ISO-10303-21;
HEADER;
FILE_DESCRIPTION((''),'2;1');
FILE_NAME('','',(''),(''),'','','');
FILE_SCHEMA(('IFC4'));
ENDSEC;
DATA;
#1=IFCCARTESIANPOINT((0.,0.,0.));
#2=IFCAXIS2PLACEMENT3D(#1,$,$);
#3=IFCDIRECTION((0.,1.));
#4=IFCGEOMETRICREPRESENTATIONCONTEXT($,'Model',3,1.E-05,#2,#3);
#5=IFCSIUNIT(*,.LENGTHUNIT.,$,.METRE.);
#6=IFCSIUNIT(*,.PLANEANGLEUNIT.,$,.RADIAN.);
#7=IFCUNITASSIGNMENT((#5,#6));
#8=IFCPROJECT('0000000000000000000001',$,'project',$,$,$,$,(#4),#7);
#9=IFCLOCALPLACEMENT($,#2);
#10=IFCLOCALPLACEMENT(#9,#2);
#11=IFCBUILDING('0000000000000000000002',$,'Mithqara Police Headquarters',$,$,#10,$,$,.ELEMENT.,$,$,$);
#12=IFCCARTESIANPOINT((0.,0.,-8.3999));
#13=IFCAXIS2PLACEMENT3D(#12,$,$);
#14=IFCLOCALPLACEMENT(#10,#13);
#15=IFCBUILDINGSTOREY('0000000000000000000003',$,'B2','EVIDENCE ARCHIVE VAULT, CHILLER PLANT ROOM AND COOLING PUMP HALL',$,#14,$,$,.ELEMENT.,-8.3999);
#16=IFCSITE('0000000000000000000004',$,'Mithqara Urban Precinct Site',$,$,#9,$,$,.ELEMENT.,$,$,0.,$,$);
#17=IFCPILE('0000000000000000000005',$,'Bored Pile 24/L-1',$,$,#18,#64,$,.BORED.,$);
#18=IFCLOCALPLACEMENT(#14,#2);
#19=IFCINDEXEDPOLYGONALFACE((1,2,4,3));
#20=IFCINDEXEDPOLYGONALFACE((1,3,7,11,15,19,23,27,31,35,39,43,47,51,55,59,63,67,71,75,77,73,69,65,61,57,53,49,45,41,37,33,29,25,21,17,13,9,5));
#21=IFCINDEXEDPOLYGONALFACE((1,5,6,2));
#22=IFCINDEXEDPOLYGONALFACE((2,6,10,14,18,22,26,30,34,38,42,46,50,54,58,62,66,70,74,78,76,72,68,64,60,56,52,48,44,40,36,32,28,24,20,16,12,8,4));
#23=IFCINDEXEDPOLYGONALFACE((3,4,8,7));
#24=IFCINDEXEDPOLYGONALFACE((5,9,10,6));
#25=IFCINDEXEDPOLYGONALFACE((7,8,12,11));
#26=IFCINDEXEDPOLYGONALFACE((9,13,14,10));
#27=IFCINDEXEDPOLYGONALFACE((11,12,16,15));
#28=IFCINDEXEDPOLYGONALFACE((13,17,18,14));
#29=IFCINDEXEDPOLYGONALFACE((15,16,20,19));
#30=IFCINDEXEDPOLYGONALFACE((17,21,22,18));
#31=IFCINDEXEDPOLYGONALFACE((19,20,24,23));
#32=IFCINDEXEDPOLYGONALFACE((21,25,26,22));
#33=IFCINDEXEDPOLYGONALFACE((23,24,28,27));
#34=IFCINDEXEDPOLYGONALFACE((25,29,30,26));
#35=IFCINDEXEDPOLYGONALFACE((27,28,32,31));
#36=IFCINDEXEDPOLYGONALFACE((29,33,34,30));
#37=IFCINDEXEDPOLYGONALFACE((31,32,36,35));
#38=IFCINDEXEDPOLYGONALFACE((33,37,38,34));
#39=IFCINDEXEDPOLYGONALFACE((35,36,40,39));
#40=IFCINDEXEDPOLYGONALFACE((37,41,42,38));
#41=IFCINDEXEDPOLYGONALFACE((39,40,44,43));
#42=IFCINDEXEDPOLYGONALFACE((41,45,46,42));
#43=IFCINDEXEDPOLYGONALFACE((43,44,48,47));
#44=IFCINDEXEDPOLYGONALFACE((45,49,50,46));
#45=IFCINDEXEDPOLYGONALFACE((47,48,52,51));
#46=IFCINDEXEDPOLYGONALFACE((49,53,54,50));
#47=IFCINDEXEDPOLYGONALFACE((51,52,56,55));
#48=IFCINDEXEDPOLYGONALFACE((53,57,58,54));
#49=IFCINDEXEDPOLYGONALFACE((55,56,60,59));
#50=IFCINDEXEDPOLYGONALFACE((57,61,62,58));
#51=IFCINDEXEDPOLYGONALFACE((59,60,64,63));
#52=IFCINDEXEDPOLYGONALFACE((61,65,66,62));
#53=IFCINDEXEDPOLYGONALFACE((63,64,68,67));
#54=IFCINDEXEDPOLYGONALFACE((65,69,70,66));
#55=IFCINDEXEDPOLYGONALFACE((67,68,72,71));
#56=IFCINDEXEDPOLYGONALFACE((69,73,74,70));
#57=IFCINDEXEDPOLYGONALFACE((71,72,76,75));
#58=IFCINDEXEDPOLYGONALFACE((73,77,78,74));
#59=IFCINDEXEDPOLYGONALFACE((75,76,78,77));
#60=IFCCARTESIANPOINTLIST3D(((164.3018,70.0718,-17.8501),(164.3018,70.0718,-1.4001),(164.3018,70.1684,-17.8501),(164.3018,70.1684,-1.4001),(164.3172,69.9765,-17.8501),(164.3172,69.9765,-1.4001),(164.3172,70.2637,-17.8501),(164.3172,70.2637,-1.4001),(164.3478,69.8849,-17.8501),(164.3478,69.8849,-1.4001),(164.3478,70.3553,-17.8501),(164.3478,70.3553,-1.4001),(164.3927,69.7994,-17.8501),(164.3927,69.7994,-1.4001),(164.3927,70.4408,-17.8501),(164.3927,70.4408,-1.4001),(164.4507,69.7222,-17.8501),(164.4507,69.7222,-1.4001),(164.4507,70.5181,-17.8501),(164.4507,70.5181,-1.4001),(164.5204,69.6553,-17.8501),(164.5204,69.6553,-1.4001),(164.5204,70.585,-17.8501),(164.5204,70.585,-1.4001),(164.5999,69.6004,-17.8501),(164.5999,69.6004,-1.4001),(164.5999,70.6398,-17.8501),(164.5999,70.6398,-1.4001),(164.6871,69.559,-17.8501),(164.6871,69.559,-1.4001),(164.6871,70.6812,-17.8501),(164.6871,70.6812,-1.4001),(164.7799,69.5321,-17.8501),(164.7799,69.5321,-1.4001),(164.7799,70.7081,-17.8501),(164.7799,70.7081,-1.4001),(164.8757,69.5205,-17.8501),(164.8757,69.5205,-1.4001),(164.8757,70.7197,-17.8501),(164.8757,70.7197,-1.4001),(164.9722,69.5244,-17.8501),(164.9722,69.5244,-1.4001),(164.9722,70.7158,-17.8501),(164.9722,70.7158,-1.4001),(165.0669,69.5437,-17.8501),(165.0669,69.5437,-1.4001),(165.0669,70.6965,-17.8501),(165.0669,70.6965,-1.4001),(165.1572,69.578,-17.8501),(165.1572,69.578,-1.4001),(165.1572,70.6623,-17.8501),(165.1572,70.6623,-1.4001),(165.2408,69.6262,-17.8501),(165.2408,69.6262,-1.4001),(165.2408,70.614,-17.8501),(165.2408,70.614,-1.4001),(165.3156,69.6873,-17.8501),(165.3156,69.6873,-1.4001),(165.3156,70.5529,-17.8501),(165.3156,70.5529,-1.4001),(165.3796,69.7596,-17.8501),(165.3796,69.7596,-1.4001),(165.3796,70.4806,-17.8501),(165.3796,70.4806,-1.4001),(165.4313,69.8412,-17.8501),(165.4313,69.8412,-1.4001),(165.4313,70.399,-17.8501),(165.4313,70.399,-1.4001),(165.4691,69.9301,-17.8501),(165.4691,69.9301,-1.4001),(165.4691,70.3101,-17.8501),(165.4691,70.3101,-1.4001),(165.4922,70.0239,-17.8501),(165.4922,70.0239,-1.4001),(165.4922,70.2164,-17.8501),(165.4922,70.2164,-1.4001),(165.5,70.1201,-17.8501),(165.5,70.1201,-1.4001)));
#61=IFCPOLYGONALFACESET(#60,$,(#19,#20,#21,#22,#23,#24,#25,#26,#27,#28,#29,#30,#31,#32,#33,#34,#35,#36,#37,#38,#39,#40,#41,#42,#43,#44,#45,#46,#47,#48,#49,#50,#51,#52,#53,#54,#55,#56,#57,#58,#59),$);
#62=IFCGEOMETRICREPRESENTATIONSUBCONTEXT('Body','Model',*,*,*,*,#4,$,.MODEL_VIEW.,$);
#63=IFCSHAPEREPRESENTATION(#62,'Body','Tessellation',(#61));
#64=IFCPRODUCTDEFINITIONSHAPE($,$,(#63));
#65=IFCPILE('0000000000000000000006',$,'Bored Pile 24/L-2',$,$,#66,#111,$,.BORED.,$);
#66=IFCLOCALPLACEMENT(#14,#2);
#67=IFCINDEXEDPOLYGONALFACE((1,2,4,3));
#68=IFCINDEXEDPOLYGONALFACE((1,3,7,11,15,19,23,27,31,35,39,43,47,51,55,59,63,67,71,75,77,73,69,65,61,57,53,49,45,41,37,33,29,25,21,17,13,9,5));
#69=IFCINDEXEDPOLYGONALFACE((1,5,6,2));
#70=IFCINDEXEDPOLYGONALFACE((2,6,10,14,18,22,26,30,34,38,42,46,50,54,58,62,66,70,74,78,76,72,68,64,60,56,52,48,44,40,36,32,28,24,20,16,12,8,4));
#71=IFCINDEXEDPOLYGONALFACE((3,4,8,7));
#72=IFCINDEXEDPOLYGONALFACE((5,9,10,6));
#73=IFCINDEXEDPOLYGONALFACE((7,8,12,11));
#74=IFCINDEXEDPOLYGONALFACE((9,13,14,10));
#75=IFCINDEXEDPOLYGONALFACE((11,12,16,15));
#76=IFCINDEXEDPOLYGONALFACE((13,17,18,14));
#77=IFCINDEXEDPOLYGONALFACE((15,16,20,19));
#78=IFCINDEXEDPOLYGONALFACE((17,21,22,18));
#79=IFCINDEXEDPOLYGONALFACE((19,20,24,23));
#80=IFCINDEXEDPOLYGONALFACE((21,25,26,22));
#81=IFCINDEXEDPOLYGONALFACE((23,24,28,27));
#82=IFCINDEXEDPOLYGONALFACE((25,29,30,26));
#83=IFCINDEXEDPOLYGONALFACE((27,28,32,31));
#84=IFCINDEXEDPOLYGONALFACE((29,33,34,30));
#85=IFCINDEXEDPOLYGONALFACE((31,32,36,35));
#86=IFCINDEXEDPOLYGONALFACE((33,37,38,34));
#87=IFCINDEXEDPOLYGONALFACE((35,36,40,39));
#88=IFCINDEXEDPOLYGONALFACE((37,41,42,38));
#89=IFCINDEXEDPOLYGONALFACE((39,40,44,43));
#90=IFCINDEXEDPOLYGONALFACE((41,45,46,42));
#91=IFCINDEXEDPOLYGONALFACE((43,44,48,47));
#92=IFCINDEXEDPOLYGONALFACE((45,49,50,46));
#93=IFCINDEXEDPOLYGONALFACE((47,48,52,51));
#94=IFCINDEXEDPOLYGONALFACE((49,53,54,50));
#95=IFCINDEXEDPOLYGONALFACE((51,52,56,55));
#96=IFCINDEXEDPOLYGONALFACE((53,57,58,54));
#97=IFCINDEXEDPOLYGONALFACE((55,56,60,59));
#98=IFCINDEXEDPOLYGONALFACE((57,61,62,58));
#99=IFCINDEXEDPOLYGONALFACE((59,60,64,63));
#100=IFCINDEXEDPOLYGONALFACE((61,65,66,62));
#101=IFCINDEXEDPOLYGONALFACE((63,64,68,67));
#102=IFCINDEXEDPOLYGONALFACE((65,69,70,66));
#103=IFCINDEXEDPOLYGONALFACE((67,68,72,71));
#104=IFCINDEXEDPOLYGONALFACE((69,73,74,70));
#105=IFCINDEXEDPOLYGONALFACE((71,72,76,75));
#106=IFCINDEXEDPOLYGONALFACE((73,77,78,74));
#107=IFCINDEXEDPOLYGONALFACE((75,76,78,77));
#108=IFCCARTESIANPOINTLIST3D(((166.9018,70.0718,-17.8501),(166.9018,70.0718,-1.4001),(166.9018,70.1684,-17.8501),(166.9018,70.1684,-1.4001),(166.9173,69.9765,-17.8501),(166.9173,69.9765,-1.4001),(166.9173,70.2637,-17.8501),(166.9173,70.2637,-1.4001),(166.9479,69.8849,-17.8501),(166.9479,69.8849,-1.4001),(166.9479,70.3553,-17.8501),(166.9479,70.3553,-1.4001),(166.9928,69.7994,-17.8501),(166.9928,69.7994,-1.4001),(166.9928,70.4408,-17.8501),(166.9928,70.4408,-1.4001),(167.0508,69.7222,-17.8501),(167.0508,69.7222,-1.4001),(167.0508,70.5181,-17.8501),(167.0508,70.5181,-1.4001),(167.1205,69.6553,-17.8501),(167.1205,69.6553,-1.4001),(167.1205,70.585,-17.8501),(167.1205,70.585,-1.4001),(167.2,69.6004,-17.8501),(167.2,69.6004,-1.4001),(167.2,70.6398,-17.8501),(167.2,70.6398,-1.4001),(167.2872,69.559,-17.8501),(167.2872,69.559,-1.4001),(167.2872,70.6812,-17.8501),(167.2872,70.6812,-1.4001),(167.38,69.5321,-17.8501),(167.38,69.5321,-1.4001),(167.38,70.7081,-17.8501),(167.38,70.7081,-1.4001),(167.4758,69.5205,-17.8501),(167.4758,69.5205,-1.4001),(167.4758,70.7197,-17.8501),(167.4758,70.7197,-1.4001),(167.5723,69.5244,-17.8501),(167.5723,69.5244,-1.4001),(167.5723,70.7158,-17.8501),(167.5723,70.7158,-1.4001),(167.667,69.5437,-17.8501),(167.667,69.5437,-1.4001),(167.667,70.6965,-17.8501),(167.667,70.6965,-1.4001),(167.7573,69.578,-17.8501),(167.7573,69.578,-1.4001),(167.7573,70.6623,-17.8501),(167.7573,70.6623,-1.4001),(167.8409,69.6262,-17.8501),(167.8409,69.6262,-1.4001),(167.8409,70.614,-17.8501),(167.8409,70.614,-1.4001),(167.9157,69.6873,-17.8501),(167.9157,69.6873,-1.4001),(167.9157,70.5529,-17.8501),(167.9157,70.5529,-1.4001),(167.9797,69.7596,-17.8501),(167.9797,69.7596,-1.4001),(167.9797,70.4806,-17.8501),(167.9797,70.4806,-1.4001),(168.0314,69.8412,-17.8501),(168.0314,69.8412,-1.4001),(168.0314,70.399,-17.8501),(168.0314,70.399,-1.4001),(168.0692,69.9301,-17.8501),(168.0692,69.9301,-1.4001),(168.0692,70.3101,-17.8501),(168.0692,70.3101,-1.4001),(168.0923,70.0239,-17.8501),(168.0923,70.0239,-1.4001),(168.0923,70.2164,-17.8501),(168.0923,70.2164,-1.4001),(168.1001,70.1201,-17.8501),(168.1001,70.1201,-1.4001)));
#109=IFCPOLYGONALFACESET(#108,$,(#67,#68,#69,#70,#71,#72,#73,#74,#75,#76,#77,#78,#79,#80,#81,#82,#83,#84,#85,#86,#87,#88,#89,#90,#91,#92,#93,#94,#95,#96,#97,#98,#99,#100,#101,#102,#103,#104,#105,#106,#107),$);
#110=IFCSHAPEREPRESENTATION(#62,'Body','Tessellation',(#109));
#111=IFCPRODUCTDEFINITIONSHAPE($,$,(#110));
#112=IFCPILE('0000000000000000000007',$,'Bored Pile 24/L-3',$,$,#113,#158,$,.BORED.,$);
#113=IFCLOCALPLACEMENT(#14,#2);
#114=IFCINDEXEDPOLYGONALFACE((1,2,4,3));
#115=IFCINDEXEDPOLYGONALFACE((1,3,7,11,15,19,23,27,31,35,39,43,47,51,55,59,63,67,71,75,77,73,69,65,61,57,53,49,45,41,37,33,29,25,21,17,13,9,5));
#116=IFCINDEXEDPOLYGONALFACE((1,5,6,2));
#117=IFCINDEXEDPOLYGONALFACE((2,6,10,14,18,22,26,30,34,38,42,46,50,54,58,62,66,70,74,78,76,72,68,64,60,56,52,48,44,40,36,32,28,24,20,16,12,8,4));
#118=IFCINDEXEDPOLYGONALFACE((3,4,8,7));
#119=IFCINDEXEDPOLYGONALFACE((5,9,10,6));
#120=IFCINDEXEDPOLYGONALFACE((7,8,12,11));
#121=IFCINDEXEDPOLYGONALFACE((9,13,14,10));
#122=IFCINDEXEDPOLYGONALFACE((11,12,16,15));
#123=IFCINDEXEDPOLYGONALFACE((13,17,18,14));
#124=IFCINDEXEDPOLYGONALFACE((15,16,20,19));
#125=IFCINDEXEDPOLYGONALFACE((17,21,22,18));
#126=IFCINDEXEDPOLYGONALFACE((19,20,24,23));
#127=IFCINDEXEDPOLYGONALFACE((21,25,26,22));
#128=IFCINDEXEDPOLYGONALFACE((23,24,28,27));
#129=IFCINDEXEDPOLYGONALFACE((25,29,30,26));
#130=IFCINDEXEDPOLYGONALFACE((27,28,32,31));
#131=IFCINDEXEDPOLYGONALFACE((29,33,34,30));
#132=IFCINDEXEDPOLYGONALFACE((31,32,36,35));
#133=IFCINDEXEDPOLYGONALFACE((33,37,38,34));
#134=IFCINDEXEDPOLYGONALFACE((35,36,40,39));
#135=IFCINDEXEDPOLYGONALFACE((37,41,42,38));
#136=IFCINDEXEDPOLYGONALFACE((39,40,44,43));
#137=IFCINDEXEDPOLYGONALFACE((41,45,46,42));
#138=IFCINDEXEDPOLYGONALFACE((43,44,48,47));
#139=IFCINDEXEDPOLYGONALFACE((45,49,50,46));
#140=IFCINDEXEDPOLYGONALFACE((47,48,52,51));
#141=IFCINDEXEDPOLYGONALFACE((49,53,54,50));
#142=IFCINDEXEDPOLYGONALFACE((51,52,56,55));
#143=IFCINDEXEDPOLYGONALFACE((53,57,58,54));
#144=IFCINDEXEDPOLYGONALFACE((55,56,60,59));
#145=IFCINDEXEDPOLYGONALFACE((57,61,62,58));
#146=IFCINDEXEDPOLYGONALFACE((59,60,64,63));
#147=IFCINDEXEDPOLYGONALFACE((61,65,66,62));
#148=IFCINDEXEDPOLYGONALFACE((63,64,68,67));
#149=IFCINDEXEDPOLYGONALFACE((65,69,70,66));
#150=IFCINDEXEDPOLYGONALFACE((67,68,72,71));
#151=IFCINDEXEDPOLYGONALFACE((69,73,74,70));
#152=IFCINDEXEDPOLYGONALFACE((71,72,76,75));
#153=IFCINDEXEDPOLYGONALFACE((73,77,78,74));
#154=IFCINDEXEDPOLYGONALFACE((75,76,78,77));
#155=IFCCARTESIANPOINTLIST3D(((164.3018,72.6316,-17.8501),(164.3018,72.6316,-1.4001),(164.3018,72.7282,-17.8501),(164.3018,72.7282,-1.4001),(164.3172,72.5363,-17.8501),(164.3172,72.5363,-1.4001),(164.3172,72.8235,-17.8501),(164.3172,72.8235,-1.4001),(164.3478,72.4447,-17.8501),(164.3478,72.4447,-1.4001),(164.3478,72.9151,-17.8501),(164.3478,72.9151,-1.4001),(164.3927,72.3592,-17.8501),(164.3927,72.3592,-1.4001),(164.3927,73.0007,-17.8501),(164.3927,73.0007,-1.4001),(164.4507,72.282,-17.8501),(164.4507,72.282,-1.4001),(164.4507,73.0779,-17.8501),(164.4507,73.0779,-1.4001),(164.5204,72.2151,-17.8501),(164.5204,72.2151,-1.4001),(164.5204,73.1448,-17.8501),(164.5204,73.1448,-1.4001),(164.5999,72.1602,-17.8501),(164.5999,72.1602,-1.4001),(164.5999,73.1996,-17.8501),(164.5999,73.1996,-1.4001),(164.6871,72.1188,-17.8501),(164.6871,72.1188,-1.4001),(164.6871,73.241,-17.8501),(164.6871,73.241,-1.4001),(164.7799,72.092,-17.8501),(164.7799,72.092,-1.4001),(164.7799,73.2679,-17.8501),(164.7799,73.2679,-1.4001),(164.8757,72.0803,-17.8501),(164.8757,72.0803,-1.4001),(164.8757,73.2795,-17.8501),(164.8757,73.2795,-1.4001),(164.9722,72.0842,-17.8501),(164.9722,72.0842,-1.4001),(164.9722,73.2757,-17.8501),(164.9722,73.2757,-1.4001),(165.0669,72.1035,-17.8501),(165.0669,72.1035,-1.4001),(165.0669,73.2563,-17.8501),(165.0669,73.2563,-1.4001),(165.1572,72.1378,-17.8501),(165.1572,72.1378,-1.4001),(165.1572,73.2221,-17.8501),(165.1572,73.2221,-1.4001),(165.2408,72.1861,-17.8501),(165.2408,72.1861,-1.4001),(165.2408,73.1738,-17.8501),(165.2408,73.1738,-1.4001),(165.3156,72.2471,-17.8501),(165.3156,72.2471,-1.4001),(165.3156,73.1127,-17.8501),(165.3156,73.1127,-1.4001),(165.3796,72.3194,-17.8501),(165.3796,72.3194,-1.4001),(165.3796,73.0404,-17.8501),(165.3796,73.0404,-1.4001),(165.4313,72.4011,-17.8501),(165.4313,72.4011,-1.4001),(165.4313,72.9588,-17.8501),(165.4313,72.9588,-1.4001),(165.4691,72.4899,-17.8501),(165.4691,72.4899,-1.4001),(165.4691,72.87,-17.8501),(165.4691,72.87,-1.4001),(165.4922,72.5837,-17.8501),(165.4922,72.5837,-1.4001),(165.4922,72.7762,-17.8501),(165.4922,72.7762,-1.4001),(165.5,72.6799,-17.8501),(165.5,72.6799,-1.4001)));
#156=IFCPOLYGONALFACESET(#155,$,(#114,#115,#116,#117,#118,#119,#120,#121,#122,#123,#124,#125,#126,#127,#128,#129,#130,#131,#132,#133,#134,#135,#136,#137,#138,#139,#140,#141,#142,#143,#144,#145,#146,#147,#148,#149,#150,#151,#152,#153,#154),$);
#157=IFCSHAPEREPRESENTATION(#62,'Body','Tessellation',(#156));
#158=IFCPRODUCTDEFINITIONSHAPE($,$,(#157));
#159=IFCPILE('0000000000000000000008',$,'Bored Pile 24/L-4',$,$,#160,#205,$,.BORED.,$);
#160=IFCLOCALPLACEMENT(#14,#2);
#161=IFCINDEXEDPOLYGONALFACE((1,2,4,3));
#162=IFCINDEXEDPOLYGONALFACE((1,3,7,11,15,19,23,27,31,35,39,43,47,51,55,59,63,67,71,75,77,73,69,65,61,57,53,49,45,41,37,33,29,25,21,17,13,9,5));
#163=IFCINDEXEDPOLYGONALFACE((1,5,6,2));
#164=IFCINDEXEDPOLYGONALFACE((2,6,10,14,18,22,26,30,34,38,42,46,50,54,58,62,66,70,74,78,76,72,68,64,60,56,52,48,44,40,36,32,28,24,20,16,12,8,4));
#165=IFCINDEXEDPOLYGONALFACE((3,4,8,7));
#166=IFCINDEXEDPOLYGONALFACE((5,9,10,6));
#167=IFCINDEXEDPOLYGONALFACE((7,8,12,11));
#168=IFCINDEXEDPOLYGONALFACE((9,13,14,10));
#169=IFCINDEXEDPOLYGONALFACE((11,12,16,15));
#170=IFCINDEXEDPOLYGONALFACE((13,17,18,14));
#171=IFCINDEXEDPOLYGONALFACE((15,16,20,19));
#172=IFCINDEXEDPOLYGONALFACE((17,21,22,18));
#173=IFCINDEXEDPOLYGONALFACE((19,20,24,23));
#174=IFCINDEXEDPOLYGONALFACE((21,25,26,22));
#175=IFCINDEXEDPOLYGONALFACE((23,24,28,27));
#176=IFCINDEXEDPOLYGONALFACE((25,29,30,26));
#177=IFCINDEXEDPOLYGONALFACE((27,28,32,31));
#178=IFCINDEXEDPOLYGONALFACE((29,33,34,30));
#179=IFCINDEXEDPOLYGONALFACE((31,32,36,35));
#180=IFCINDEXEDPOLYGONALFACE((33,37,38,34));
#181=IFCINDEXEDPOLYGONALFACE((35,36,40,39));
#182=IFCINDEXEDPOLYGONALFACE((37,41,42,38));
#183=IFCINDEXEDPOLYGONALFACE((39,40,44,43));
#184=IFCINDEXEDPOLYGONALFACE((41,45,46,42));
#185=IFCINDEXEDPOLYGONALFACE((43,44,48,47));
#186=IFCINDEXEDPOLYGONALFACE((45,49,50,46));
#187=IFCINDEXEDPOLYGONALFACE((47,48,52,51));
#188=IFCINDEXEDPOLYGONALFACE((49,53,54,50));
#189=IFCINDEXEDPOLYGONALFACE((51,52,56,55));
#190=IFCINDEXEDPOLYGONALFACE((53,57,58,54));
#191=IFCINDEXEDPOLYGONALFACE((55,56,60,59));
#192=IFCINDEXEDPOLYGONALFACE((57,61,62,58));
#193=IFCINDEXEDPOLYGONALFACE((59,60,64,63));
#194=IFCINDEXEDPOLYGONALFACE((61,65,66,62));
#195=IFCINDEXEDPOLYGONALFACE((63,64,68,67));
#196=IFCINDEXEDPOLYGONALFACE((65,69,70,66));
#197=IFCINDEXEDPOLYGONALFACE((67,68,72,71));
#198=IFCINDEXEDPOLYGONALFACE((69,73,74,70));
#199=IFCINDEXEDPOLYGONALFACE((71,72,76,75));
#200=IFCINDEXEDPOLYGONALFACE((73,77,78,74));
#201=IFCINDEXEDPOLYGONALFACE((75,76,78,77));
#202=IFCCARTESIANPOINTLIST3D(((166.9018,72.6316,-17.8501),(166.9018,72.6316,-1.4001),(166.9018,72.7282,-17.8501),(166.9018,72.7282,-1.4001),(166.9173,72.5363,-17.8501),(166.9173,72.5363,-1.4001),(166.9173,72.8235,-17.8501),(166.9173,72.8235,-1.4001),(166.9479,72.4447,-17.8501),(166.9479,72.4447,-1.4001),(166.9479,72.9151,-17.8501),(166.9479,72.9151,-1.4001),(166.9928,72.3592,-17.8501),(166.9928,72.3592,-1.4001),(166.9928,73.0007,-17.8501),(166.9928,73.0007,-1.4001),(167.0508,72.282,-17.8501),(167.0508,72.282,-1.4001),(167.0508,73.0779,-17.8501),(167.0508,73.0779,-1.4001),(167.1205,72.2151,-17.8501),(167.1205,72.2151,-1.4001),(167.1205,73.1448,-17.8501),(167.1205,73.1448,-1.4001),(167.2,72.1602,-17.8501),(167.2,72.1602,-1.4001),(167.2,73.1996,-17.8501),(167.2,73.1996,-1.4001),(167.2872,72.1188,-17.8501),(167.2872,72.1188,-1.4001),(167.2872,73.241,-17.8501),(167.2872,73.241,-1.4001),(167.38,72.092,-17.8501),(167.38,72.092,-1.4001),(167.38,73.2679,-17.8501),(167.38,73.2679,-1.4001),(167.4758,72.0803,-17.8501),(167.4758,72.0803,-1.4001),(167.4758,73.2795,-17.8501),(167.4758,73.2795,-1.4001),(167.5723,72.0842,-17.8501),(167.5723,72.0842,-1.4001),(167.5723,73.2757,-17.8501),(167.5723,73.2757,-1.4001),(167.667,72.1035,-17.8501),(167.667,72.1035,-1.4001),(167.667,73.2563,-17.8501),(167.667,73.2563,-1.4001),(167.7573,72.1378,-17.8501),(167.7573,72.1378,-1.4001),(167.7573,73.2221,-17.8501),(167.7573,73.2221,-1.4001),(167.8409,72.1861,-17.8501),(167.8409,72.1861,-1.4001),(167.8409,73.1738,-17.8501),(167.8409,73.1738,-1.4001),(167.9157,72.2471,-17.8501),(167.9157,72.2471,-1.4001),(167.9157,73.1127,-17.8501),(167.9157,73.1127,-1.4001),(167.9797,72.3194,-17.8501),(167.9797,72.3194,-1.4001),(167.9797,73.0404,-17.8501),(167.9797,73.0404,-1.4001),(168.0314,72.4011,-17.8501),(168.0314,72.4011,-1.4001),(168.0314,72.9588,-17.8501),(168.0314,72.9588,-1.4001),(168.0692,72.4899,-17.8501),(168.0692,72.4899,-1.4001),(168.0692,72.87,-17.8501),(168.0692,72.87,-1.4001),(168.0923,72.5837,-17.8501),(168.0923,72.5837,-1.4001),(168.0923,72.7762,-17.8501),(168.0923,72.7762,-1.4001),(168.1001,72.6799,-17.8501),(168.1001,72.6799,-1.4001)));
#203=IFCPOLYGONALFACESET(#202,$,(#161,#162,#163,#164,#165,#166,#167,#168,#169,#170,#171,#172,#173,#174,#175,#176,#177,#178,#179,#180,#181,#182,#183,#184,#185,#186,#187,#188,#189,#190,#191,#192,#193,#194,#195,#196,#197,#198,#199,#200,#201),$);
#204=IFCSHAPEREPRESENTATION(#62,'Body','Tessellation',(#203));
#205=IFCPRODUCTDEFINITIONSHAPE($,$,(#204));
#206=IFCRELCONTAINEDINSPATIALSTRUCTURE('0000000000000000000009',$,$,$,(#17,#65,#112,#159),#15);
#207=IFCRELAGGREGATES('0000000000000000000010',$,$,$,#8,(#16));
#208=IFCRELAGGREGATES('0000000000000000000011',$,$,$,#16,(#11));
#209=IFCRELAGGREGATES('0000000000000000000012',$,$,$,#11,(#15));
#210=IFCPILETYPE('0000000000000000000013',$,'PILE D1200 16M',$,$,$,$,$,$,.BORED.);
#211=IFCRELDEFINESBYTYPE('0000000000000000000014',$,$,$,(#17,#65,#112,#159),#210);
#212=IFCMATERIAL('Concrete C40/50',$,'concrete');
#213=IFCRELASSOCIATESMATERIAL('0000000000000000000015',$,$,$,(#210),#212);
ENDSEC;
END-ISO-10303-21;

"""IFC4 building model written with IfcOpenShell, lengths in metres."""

from ifc_helpers import new_model, si_unit, direction, frame, origin, origin_2d, place, context, subcontext, project, spatial, circle, extrude, material, material_profile, profile_set, type_object, element, save


model = new_model("IFC4")

# Units and contexts
model_context = context("Model", 3, precision=1e-05, world=origin(), true_north=direction((0.0, 1.0)))
body_context = subcontext(model_context, "Body", "Model", "MODEL_VIEW")
ifc_project = project(units=[si_unit("LENGTHUNIT", "METRE"), si_unit("PLANEANGLEUNIT", "RADIAN")], contexts=[model_context])

# Site, building, storey
site_placement = place(None, origin())
site = spatial("IfcSite", under=ifc_project, at=site_placement, Name="Mithqara Urban Precinct Site", CompositionType="ELEMENT", RefElevation=0.0)
building_placement = place(site_placement, origin())
building = spatial("IfcBuilding", under=site, at=building_placement, Name="Mithqara Police Headquarters", CompositionType="ELEMENT")
storey_placement = place(building_placement, frame((0.0, 0.0, -8.3999)))
storey = spatial("IfcBuildingStorey", under=building, at=storey_placement, Name="B2", Description="EVIDENCE ARCHIVE VAULT, CHILLER PLANT ROOM AND COOLING PUMP HALL", CompositionType="ELEMENT", Elevation=-8.3999)

# Shared definitions
ifc_material_1 = material(Name="Concrete C40/50", Category="concrete")

# Piles
ifc_material_profile_1 = material_profile(ifc_material_1, circle(Radius=0.6001, at=origin_2d()), Name="PILE D1200")
ifc_profile_set_1 = profile_set([ifc_material_profile_1], Name="Concrete C40/50")
pile_type_1 = type_object("IfcPileType", Name="PILE D1200 16M", PredefinedType="BORED", material=ifc_profile_set_1)
for number, where, z_axis, x_axis, name in (
    (1, (164.8999, 70.1201, -1.4001), (0.0, 0.0, -1.0), (1.0, 0.0, 0.0), "Bored Pile 24/L-1"),
    (2, (167.5, 70.1201, -1.4001), (0.0, 0.0, -1.0), (1.0, 0.0, 0.0), "Bored Pile 24/L-2"),
    (3, (164.8999, 72.6799, -1.4001), (0.0, 0.0, -1.0), (1.0, 0.0, 0.0), "Bored Pile 24/L-3"),
    (4, (167.5, 72.6799, -1.4001), (0.0, 0.0, -1.0), (1.0, 0.0, 0.0), "Bored Pile 24/L-4"),
):
    element("IfcPile", number, at=place(storey_placement, frame(where, z_axis=z_axis, x_axis=x_axis)), inside=storey, type_object=pile_type_1, Name=name, PredefinedType="BORED", context=body_context, shape_type="SweptSolid", body=[
        extrude(circle(Radius=0.6001, at=origin_2d()), origin(), (0.0, 0.0, 1.0), 16.45),
    ])

save(model, "model.ifc")
